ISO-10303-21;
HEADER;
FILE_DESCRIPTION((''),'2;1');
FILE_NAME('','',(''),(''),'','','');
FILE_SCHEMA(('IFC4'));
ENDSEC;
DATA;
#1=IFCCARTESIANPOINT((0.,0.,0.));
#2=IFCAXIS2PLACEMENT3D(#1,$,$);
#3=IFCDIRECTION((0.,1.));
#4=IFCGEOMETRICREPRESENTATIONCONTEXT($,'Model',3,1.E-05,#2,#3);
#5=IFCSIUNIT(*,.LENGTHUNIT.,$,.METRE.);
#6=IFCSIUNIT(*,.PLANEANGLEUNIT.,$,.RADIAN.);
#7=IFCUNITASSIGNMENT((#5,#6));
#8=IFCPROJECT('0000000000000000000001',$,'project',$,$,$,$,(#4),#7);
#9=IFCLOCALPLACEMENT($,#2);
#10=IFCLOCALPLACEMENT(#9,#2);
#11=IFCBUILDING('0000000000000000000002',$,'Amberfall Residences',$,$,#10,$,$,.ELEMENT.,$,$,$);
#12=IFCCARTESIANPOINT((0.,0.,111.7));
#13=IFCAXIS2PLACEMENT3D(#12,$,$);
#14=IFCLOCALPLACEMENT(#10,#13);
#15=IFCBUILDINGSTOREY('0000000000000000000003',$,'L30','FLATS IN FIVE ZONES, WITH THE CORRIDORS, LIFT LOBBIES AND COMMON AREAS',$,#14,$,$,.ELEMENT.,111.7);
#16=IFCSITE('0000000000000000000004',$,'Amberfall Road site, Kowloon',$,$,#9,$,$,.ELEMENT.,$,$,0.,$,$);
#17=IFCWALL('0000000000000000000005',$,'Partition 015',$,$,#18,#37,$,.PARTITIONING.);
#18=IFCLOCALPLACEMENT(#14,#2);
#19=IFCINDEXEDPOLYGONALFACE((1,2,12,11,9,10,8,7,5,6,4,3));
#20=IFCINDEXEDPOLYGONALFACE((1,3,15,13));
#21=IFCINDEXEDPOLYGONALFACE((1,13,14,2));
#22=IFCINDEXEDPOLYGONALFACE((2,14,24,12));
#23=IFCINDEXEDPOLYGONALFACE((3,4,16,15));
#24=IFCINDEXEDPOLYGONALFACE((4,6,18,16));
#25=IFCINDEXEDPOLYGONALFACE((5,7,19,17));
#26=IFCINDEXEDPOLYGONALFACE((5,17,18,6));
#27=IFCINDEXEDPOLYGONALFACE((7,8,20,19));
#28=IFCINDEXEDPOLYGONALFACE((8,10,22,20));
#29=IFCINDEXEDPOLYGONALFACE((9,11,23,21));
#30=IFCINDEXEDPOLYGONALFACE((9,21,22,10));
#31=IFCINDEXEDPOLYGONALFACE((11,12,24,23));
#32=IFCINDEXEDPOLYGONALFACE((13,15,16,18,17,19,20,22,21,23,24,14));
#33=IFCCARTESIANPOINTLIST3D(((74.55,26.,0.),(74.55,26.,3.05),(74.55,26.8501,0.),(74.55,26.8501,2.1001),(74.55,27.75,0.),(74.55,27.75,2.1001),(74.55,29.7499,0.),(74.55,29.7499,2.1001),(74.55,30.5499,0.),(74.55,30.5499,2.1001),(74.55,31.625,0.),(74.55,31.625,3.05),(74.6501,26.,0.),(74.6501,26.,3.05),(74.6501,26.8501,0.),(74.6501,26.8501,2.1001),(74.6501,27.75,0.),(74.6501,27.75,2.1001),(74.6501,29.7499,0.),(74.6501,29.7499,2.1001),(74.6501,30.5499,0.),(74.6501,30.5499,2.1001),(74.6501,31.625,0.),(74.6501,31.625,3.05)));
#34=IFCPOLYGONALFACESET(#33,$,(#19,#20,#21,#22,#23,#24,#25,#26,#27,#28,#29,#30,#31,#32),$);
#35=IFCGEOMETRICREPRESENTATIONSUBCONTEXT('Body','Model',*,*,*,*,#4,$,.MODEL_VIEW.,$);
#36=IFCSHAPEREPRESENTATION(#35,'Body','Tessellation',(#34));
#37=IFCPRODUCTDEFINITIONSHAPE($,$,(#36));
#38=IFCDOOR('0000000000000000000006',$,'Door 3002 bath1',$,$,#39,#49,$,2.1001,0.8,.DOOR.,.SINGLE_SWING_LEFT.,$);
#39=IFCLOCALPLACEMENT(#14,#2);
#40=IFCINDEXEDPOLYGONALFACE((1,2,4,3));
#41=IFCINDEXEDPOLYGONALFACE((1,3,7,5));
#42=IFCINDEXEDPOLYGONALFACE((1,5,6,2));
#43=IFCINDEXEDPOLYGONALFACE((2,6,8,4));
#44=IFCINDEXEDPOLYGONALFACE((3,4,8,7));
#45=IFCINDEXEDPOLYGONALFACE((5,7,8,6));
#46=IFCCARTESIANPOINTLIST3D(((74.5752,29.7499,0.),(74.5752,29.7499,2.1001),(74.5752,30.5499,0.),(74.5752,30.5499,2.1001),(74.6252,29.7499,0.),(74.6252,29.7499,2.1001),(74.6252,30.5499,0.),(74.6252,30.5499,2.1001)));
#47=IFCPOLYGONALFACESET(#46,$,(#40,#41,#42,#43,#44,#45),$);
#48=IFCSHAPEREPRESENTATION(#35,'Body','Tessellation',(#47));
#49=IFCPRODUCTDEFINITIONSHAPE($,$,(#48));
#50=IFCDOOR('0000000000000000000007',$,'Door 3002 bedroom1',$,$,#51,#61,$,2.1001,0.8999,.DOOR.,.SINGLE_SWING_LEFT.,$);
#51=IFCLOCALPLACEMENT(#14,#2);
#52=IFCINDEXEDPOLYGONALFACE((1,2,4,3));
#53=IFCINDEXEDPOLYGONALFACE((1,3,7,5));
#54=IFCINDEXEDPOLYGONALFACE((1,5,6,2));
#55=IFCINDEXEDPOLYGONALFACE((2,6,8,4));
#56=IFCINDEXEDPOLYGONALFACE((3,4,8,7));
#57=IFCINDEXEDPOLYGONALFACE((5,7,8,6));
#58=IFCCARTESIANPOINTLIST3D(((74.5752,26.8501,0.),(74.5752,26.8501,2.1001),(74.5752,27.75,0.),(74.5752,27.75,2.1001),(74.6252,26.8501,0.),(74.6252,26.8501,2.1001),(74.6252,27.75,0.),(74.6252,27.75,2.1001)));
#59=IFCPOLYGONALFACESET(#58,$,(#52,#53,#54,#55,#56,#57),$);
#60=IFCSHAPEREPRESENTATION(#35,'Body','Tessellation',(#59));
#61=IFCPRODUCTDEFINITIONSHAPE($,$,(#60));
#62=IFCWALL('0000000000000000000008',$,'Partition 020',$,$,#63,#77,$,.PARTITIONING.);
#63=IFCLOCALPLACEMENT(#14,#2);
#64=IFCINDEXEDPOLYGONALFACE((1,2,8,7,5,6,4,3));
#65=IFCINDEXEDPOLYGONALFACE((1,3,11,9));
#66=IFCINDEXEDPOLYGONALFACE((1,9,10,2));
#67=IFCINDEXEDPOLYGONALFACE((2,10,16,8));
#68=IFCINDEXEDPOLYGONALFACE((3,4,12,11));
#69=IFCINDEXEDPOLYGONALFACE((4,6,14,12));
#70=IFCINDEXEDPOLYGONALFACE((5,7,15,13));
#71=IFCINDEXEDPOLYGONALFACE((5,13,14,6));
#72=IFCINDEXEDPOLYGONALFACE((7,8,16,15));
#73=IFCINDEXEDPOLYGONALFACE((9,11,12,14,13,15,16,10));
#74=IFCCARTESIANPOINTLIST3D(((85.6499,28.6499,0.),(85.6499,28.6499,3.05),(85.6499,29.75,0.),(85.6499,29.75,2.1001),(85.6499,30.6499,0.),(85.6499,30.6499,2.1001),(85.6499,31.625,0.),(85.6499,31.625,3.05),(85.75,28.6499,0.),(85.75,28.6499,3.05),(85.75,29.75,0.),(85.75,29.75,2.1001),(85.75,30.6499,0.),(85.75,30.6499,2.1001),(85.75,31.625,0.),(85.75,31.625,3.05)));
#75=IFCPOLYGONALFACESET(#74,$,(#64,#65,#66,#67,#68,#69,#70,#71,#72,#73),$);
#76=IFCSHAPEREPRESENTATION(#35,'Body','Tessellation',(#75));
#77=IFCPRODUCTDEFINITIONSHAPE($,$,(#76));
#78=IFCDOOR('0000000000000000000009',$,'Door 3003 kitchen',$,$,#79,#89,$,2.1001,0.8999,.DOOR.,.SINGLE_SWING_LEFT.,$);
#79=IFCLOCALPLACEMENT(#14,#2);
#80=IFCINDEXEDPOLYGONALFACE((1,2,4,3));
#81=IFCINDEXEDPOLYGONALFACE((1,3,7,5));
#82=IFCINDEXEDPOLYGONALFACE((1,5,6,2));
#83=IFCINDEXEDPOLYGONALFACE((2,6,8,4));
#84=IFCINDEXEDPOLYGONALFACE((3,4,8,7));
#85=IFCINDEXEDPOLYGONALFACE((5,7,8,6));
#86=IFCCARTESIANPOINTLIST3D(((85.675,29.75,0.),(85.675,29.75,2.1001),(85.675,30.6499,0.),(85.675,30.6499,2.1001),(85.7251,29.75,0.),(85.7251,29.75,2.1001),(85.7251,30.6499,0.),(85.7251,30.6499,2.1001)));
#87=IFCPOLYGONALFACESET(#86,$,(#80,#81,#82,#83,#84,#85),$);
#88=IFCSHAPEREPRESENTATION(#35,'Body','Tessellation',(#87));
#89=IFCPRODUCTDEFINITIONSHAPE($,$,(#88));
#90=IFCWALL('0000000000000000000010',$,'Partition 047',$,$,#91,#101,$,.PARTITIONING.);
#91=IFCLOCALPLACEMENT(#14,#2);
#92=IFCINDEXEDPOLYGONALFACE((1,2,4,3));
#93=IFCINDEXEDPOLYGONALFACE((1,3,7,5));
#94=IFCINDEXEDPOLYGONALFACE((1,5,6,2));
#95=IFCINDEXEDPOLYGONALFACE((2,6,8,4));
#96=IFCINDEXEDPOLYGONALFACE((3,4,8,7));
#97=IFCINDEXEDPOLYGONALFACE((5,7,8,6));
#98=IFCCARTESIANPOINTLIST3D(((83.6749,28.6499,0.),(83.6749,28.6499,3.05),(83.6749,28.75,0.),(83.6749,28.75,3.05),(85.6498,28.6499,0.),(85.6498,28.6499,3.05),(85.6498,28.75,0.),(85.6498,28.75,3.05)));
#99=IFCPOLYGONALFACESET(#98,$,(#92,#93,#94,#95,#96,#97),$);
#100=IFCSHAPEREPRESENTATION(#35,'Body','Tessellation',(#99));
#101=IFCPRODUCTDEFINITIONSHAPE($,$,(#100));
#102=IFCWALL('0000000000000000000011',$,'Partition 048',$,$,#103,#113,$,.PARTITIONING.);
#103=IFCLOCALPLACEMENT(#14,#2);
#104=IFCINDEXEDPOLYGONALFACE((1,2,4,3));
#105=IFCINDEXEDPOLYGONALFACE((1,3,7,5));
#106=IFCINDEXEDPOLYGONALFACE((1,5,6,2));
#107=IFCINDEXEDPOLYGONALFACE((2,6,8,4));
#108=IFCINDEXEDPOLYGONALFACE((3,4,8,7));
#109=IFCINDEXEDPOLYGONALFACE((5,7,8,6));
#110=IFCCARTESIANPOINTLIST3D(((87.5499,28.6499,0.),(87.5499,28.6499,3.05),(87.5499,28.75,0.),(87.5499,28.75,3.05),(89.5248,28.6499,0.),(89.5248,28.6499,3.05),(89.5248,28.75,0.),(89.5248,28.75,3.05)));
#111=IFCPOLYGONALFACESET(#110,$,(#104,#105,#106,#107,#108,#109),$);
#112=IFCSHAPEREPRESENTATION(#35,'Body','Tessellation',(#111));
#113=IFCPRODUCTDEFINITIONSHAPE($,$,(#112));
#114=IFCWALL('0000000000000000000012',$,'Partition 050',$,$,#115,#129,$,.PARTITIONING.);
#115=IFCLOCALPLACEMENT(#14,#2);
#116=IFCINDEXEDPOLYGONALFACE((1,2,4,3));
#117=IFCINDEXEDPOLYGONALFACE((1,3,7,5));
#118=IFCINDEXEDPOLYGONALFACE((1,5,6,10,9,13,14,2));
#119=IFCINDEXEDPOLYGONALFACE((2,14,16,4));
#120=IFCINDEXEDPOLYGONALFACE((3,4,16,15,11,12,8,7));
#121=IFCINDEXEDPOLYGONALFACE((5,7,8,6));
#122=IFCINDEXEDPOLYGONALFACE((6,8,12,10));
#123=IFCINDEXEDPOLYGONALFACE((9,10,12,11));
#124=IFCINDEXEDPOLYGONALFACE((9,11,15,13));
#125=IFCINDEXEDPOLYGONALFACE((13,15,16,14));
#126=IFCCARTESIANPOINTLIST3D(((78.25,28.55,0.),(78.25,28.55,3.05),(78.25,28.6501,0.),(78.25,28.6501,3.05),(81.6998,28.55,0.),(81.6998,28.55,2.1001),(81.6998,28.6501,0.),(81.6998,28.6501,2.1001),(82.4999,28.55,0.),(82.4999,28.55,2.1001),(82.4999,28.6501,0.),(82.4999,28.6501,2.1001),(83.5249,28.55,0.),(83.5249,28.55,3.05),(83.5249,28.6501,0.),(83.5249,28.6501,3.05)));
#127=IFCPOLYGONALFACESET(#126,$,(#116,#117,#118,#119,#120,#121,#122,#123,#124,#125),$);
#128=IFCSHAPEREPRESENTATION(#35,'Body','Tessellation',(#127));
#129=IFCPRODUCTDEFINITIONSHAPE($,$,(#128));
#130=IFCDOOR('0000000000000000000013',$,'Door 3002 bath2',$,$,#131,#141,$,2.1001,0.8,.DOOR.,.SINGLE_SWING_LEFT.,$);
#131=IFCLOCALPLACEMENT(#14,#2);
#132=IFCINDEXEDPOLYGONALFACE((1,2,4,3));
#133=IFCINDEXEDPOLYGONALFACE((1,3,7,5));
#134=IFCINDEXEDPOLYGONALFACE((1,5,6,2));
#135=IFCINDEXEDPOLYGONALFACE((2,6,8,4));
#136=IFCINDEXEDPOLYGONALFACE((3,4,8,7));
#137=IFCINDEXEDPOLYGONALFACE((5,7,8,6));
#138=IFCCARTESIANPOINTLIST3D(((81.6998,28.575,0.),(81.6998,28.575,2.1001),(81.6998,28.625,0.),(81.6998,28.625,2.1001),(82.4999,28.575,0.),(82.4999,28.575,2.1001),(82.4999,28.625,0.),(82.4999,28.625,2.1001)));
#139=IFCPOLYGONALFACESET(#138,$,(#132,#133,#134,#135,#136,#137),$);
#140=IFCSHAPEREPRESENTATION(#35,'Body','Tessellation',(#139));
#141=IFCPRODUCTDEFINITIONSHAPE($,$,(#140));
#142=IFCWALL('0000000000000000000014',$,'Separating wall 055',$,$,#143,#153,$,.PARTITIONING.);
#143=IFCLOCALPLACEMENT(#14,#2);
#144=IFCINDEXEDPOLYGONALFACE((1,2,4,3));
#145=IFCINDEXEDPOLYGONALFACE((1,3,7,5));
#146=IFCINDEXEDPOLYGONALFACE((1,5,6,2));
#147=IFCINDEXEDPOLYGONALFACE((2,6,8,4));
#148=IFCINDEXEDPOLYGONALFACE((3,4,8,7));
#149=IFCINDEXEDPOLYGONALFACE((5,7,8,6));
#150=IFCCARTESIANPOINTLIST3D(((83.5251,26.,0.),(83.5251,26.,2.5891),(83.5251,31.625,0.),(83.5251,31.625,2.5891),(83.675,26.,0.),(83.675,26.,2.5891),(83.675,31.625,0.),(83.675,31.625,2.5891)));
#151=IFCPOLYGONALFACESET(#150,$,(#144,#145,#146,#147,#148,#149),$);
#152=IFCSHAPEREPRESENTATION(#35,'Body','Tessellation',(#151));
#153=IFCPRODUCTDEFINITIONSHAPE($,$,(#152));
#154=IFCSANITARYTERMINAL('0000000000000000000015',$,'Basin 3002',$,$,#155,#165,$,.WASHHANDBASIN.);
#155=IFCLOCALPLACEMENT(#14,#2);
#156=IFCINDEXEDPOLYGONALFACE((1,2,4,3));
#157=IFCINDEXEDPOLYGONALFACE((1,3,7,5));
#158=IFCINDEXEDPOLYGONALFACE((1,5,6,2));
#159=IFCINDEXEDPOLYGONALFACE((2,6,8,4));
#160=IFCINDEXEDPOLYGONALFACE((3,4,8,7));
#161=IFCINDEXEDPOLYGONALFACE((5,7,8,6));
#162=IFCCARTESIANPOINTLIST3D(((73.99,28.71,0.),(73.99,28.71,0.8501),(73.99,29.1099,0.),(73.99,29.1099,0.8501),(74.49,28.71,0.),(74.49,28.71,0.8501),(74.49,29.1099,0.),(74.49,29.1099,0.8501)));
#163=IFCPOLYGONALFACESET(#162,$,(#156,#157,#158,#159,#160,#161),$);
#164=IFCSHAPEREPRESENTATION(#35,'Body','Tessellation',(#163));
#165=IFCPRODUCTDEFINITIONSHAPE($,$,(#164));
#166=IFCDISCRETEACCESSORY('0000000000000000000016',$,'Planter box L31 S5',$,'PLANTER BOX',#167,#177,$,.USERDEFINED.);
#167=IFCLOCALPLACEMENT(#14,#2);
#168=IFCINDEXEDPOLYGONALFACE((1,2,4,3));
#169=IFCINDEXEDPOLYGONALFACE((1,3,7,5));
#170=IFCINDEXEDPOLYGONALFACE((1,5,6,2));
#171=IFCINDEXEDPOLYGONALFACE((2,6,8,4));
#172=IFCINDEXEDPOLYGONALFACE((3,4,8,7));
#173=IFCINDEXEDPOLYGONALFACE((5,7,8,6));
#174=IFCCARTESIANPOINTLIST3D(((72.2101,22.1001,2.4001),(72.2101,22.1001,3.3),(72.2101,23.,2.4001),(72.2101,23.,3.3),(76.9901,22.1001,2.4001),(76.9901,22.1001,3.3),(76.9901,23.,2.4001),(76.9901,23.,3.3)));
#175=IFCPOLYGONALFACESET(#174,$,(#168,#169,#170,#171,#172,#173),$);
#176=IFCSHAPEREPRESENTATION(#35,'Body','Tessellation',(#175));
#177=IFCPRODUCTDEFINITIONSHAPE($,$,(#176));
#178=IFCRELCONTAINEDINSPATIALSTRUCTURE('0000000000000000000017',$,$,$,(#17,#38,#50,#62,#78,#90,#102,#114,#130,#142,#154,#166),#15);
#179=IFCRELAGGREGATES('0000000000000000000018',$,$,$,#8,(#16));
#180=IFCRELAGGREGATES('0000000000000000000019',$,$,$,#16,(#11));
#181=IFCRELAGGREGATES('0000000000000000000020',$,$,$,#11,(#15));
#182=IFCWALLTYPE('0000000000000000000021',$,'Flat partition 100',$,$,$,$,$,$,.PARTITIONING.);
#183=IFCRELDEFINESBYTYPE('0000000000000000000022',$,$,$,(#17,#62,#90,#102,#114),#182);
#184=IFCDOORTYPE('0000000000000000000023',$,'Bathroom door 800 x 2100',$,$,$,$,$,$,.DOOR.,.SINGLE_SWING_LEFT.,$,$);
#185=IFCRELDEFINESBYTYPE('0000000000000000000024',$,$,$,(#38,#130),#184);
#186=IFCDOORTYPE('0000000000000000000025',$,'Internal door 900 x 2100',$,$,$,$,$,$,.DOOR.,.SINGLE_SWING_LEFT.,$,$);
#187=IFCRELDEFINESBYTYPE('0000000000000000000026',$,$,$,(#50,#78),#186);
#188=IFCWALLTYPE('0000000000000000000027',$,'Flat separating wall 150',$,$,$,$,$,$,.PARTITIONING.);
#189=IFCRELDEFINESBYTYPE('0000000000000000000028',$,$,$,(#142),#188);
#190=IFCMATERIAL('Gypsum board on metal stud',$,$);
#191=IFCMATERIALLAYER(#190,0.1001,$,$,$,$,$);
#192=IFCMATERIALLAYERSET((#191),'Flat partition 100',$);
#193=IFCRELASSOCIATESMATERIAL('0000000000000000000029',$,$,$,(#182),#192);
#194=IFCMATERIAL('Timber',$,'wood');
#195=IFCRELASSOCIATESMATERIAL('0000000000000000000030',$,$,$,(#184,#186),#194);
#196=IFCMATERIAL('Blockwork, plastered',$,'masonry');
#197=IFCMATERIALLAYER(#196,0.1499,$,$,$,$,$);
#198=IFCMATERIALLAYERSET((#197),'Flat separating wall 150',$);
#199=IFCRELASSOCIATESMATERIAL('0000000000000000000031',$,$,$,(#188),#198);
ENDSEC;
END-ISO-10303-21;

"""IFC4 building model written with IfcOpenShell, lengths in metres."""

from ifc_helpers import new_model, si_unit, direction, frame, frame_2d, origin, origin_2d, place, context, subcontext, project, spatial, rectangle, extrude, material, layer, layer_set, type_object, element, fill, save


model = new_model("IFC4")

# Units and contexts
model_context = context("Model", 3, precision=1e-05, world=origin(), true_north=direction((0.0, 1.0)))
body_context = subcontext(model_context, "Body", "Model", "MODEL_VIEW")
ifc_project = project(units=[si_unit("LENGTHUNIT", "METRE"), si_unit("PLANEANGLEUNIT", "RADIAN")], contexts=[model_context])

# Site, building, storey
site_placement = place(None, origin())
site = spatial("IfcSite", under=ifc_project, at=site_placement, Name="Amberfall Road site, Kowloon", CompositionType="ELEMENT", RefElevation=0.0)
building_placement = place(site_placement, origin())
building = spatial("IfcBuilding", under=site, at=building_placement, Name="Amberfall Residences", CompositionType="ELEMENT")
storey_placement = place(building_placement, frame((0.0, 0.0, 111.7)))
storey = spatial("IfcBuildingStorey", under=building, at=storey_placement, Name="L30", Description="FLATS IN FIVE ZONES, WITH THE CORRIDORS, LIFT LOBBIES AND COMMON AREAS", CompositionType="ELEMENT", Elevation=111.7)

# Wall, openings, doors
ifc_material_1 = material(Name="Gypsum board on metal stud")
ifc_layer_1 = layer(ifc_material_1, 0.1001)
ifc_layer_set_1 = layer_set([ifc_layer_1], Name="Flat partition 100")
wall_type_1 = type_object("IfcWallType", Name="Flat partition 100", PredefinedType="PARTITIONING", material=ifc_layer_set_1)
wall_1_placement = place(storey_placement, frame((74.6001, 26.0, 0.0), z_axis=(0.0, 0.0, 1.0), x_axis=(0.0, 1.0, 0.0)))
wall_1 = element("IfcWall", 1, at=wall_1_placement, inside=storey, type_object=wall_type_1, Name="Partition 015", PredefinedType="PARTITIONING", context=body_context, shape_type="SweptSolid", body=[
    extrude(rectangle(XDim=5.625, YDim=0.1001, at=frame_2d((2.8125, 0.0))), origin(), (0.0, 0.0, 1.0), 3.05),
])
opening_1_placement = place(wall_1_placement, frame((0.8501, 0.0, 0.0)))
opening_1 = element("IfcOpeningElement", 2, at=opening_1_placement, cuts=wall_1, PredefinedType="OPENING", context=body_context, shape_type="SweptSolid", body=[
    extrude(rectangle(XDim=0.8999, YDim=2.1001, at=frame_2d((0.45, 1.05))), frame((0.0, 0.0601, 0.0), z_axis=(0.0, -1.0, 0.0), x_axis=(1.0, 0.0, 0.0)), (0.0, 0.0, 1.0), 0.1201),
])
opening_2_placement = place(wall_1_placement, frame((3.75, 0.0, 0.0)))
opening_2 = element("IfcOpeningElement", 3, at=opening_2_placement, cuts=wall_1, PredefinedType="OPENING", context=body_context, shape_type="SweptSolid", body=[
    extrude(rectangle(XDim=0.8, YDim=2.1001, at=frame_2d((0.3999, 1.05))), frame((0.0, 0.0601, 0.0), z_axis=(0.0, -1.0, 0.0), x_axis=(1.0, 0.0, 0.0)), (0.0, 0.0, 1.0), 0.1201),
])
ifc_material_2 = material(Name="Timber", Category="wood")
door_type_1 = type_object("IfcDoorType", Name="Bathroom door 800 x 2100", OperationType="SINGLE_SWING_LEFT", PredefinedType="DOOR", material=ifc_material_2)
door_1_placement = place(opening_2_placement, origin())
door_1 = element("IfcDoor", 4, at=door_1_placement, inside=storey, type_object=door_type_1, Name="Door 3002 bath1", OperationType="SINGLE_SWING_LEFT", OverallHeight=2.1001, OverallWidth=0.8, PredefinedType="DOOR", context=body_context, shape_type="SweptSolid", body=[
    extrude(rectangle(XDim=0.8, YDim=2.1001, at=frame_2d((0.3999, 1.05))), frame((0.0, 0.0249, 0.0), z_axis=(0.0, -1.0, 0.0), x_axis=(1.0, 0.0, 0.0)), (0.0, 0.0, 1.0), 0.05),
])
fill(opening_2, door_1)
door_type_2 = type_object("IfcDoorType", Name="Internal door 900 x 2100", OperationType="SINGLE_SWING_LEFT", PredefinedType="DOOR", material=ifc_material_2)
door_2_placement = place(opening_1_placement, origin())
door_2 = element("IfcDoor", 5, at=door_2_placement, inside=storey, type_object=door_type_2, Name="Door 3002 bedroom1", OperationType="SINGLE_SWING_LEFT", OverallHeight=2.1001, OverallWidth=0.8999, PredefinedType="DOOR", context=body_context, shape_type="SweptSolid", body=[
    extrude(rectangle(XDim=0.8999, YDim=2.1001, at=frame_2d((0.45, 1.05))), frame((0.0, 0.0249, 0.0), z_axis=(0.0, -1.0, 0.0), x_axis=(1.0, 0.0, 0.0)), (0.0, 0.0, 1.0), 0.05),
])
fill(opening_1, door_2)

# Wall, opening, door
wall_2_placement = place(storey_placement, frame((85.7, 28.6499, 0.0), z_axis=(0.0, 0.0, 1.0), x_axis=(0.0, 1.0, 0.0)))
wall_2 = element("IfcWall", 6, at=wall_2_placement, inside=storey, type_object=wall_type_1, Name="Partition 020", PredefinedType="PARTITIONING", context=body_context, shape_type="SweptSolid", body=[
    extrude(rectangle(XDim=2.9751, YDim=0.1001, at=frame_2d((1.4875, 0.0))), origin(), (0.0, 0.0, 1.0), 3.05),
])
opening_3_placement = place(wall_2_placement, frame((1.1001, 0.0, 0.0)))
opening_3 = element("IfcOpeningElement", 7, at=opening_3_placement, cuts=wall_2, PredefinedType="OPENING", context=body_context, shape_type="SweptSolid", body=[
    extrude(rectangle(XDim=0.8999, YDim=2.1001, at=frame_2d((0.45, 1.05))), frame((0.0, 0.0601, 0.0), z_axis=(0.0, -1.0, 0.0), x_axis=(1.0, 0.0, 0.0)), (0.0, 0.0, 1.0), 0.1201),
])
door_3_placement = place(opening_3_placement, origin())
door_3 = element("IfcDoor", 8, at=door_3_placement, inside=storey, type_object=door_type_2, Name="Door 3003 kitchen", OperationType="SINGLE_SWING_LEFT", OverallHeight=2.1001, OverallWidth=0.8999, PredefinedType="DOOR", context=body_context, shape_type="SweptSolid", body=[
    extrude(rectangle(XDim=0.8999, YDim=2.1001, at=frame_2d((0.45, 1.05))), frame((0.0, 0.0249, 0.0), z_axis=(0.0, -1.0, 0.0), x_axis=(1.0, 0.0, 0.0)), (0.0, 0.0, 1.0), 0.05),
])
fill(opening_3, door_3)

# Walls
for number, where, z_axis, x_axis, name in (
    (9, (83.675, 28.7, 0.0), (0.0, 0.0, 1.0), (1.0, 0.0, 0.0), "Partition 047"),
    (10, (87.55, 28.7, 0.0), (0.0, 0.0, 1.0), (1.0, 0.0, 0.0), "Partition 048"),
):
    element("IfcWall", number, at=place(storey_placement, frame(where, z_axis=z_axis, x_axis=x_axis)), inside=storey, type_object=wall_type_1, Name=name, PredefinedType="PARTITIONING", context=body_context, shape_type="SweptSolid", body=[
        extrude(rectangle(XDim=1.9749, YDim=0.1001, at=frame_2d((0.9873, 0.0))), origin(), (0.0, 0.0, 1.0), 3.05),
    ])

# Wall, opening, door
wall_3_placement = place(storey_placement, frame((78.25, 28.6001, 0.0), z_axis=(0.0, 0.0, 1.0), x_axis=(1.0, 0.0, 0.0)))
wall_3 = element("IfcWall", 11, at=wall_3_placement, inside=storey, type_object=wall_type_1, Name="Partition 050", PredefinedType="PARTITIONING", context=body_context, shape_type="SweptSolid", body=[
    extrude(rectangle(XDim=5.2749, YDim=0.1001, at=frame_2d((2.6375, 0.0))), origin(), (0.0, 0.0, 1.0), 3.05),
])
opening_4_placement = place(wall_3_placement, frame((3.45, 0.0, 0.0)))
opening_4 = element("IfcOpeningElement", 12, at=opening_4_placement, cuts=wall_3, PredefinedType="OPENING", context=body_context, shape_type="SweptSolid", body=[
    extrude(rectangle(XDim=0.8, YDim=2.1001, at=frame_2d((0.3999, 1.05))), frame((0.0, 0.0601, 0.0), z_axis=(0.0, -1.0, 0.0), x_axis=(1.0, 0.0, 0.0)), (0.0, 0.0, 1.0), 0.1201),
])
door_4_placement = place(opening_4_placement, origin())
door_4 = element("IfcDoor", 13, at=door_4_placement, inside=storey, type_object=door_type_1, Name="Door 3002 bath2", OperationType="SINGLE_SWING_LEFT", OverallHeight=2.1001, OverallWidth=0.8, PredefinedType="DOOR", context=body_context, shape_type="SweptSolid", body=[
    extrude(rectangle(XDim=0.8, YDim=2.1001, at=frame_2d((0.3999, 1.05))), frame((0.0, 0.0249, 0.0), z_axis=(0.0, -1.0, 0.0), x_axis=(1.0, 0.0, 0.0)), (0.0, 0.0, 1.0), 0.05),
])
fill(opening_4, door_4)

# Wall
ifc_material_3 = material(Name="Blockwork, plastered", Category="masonry")
ifc_layer_2 = layer(ifc_material_3, 0.1499)
ifc_layer_set_2 = layer_set([ifc_layer_2], Name="Flat separating wall 150")
wall_type_2 = type_object("IfcWallType", Name="Flat separating wall 150", PredefinedType="PARTITIONING", material=ifc_layer_set_2)
wall_4_placement = place(storey_placement, frame((83.6001, 26.0, 0.0), z_axis=(0.0, 0.0, 1.0), x_axis=(0.0, 1.0, 0.0)))
element("IfcWall", 14, at=wall_4_placement, inside=storey, type_object=wall_type_2, Name="Separating wall 055", PredefinedType="PARTITIONING", context=body_context, shape_type="SweptSolid", body=[
    extrude(rectangle(XDim=5.625, YDim=0.1499, at=frame_2d((2.8125, 0.0))), origin(), (0.0, 0.0, 1.0), 2.5891),
])

# Sanitary terminal
sanitary_terminal_placement = place(storey_placement, frame((74.24, 28.9099, 0.0), z_axis=(0.0, 0.0, 1.0), x_axis=(1.0, 0.0, 0.0)))
element("IfcSanitaryTerminal", 15, at=sanitary_terminal_placement, inside=storey, Name="Basin 3002", PredefinedType="WASHHANDBASIN", context=body_context, shape_type="SweptSolid", body=[
    extrude(rectangle(XDim=0.5, YDim=0.3999, at=origin_2d()), origin(), (0.0, 0.0, 1.0), 0.8501),
])

# Discrete accessory
discrete_accessory_1_placement = place(storey_placement, frame((74.6001, 22.55, 2.4001), z_axis=(0.0, 0.0, 1.0), x_axis=(1.0, 0.0, 0.0)))
element("IfcDiscreteAccessory", 16, at=discrete_accessory_1_placement, inside=storey, Name="Planter box L31 S5", ObjectType="PLANTER BOX", PredefinedType="USERDEFINED", context=body_context, shape_type="SweptSolid", body=[
    extrude(rectangle(XDim=4.78, YDim=0.8999, at=origin_2d()), origin(), (0.0, 0.0, 1.0), 0.8999),
])

save(model, "model.ifc")
